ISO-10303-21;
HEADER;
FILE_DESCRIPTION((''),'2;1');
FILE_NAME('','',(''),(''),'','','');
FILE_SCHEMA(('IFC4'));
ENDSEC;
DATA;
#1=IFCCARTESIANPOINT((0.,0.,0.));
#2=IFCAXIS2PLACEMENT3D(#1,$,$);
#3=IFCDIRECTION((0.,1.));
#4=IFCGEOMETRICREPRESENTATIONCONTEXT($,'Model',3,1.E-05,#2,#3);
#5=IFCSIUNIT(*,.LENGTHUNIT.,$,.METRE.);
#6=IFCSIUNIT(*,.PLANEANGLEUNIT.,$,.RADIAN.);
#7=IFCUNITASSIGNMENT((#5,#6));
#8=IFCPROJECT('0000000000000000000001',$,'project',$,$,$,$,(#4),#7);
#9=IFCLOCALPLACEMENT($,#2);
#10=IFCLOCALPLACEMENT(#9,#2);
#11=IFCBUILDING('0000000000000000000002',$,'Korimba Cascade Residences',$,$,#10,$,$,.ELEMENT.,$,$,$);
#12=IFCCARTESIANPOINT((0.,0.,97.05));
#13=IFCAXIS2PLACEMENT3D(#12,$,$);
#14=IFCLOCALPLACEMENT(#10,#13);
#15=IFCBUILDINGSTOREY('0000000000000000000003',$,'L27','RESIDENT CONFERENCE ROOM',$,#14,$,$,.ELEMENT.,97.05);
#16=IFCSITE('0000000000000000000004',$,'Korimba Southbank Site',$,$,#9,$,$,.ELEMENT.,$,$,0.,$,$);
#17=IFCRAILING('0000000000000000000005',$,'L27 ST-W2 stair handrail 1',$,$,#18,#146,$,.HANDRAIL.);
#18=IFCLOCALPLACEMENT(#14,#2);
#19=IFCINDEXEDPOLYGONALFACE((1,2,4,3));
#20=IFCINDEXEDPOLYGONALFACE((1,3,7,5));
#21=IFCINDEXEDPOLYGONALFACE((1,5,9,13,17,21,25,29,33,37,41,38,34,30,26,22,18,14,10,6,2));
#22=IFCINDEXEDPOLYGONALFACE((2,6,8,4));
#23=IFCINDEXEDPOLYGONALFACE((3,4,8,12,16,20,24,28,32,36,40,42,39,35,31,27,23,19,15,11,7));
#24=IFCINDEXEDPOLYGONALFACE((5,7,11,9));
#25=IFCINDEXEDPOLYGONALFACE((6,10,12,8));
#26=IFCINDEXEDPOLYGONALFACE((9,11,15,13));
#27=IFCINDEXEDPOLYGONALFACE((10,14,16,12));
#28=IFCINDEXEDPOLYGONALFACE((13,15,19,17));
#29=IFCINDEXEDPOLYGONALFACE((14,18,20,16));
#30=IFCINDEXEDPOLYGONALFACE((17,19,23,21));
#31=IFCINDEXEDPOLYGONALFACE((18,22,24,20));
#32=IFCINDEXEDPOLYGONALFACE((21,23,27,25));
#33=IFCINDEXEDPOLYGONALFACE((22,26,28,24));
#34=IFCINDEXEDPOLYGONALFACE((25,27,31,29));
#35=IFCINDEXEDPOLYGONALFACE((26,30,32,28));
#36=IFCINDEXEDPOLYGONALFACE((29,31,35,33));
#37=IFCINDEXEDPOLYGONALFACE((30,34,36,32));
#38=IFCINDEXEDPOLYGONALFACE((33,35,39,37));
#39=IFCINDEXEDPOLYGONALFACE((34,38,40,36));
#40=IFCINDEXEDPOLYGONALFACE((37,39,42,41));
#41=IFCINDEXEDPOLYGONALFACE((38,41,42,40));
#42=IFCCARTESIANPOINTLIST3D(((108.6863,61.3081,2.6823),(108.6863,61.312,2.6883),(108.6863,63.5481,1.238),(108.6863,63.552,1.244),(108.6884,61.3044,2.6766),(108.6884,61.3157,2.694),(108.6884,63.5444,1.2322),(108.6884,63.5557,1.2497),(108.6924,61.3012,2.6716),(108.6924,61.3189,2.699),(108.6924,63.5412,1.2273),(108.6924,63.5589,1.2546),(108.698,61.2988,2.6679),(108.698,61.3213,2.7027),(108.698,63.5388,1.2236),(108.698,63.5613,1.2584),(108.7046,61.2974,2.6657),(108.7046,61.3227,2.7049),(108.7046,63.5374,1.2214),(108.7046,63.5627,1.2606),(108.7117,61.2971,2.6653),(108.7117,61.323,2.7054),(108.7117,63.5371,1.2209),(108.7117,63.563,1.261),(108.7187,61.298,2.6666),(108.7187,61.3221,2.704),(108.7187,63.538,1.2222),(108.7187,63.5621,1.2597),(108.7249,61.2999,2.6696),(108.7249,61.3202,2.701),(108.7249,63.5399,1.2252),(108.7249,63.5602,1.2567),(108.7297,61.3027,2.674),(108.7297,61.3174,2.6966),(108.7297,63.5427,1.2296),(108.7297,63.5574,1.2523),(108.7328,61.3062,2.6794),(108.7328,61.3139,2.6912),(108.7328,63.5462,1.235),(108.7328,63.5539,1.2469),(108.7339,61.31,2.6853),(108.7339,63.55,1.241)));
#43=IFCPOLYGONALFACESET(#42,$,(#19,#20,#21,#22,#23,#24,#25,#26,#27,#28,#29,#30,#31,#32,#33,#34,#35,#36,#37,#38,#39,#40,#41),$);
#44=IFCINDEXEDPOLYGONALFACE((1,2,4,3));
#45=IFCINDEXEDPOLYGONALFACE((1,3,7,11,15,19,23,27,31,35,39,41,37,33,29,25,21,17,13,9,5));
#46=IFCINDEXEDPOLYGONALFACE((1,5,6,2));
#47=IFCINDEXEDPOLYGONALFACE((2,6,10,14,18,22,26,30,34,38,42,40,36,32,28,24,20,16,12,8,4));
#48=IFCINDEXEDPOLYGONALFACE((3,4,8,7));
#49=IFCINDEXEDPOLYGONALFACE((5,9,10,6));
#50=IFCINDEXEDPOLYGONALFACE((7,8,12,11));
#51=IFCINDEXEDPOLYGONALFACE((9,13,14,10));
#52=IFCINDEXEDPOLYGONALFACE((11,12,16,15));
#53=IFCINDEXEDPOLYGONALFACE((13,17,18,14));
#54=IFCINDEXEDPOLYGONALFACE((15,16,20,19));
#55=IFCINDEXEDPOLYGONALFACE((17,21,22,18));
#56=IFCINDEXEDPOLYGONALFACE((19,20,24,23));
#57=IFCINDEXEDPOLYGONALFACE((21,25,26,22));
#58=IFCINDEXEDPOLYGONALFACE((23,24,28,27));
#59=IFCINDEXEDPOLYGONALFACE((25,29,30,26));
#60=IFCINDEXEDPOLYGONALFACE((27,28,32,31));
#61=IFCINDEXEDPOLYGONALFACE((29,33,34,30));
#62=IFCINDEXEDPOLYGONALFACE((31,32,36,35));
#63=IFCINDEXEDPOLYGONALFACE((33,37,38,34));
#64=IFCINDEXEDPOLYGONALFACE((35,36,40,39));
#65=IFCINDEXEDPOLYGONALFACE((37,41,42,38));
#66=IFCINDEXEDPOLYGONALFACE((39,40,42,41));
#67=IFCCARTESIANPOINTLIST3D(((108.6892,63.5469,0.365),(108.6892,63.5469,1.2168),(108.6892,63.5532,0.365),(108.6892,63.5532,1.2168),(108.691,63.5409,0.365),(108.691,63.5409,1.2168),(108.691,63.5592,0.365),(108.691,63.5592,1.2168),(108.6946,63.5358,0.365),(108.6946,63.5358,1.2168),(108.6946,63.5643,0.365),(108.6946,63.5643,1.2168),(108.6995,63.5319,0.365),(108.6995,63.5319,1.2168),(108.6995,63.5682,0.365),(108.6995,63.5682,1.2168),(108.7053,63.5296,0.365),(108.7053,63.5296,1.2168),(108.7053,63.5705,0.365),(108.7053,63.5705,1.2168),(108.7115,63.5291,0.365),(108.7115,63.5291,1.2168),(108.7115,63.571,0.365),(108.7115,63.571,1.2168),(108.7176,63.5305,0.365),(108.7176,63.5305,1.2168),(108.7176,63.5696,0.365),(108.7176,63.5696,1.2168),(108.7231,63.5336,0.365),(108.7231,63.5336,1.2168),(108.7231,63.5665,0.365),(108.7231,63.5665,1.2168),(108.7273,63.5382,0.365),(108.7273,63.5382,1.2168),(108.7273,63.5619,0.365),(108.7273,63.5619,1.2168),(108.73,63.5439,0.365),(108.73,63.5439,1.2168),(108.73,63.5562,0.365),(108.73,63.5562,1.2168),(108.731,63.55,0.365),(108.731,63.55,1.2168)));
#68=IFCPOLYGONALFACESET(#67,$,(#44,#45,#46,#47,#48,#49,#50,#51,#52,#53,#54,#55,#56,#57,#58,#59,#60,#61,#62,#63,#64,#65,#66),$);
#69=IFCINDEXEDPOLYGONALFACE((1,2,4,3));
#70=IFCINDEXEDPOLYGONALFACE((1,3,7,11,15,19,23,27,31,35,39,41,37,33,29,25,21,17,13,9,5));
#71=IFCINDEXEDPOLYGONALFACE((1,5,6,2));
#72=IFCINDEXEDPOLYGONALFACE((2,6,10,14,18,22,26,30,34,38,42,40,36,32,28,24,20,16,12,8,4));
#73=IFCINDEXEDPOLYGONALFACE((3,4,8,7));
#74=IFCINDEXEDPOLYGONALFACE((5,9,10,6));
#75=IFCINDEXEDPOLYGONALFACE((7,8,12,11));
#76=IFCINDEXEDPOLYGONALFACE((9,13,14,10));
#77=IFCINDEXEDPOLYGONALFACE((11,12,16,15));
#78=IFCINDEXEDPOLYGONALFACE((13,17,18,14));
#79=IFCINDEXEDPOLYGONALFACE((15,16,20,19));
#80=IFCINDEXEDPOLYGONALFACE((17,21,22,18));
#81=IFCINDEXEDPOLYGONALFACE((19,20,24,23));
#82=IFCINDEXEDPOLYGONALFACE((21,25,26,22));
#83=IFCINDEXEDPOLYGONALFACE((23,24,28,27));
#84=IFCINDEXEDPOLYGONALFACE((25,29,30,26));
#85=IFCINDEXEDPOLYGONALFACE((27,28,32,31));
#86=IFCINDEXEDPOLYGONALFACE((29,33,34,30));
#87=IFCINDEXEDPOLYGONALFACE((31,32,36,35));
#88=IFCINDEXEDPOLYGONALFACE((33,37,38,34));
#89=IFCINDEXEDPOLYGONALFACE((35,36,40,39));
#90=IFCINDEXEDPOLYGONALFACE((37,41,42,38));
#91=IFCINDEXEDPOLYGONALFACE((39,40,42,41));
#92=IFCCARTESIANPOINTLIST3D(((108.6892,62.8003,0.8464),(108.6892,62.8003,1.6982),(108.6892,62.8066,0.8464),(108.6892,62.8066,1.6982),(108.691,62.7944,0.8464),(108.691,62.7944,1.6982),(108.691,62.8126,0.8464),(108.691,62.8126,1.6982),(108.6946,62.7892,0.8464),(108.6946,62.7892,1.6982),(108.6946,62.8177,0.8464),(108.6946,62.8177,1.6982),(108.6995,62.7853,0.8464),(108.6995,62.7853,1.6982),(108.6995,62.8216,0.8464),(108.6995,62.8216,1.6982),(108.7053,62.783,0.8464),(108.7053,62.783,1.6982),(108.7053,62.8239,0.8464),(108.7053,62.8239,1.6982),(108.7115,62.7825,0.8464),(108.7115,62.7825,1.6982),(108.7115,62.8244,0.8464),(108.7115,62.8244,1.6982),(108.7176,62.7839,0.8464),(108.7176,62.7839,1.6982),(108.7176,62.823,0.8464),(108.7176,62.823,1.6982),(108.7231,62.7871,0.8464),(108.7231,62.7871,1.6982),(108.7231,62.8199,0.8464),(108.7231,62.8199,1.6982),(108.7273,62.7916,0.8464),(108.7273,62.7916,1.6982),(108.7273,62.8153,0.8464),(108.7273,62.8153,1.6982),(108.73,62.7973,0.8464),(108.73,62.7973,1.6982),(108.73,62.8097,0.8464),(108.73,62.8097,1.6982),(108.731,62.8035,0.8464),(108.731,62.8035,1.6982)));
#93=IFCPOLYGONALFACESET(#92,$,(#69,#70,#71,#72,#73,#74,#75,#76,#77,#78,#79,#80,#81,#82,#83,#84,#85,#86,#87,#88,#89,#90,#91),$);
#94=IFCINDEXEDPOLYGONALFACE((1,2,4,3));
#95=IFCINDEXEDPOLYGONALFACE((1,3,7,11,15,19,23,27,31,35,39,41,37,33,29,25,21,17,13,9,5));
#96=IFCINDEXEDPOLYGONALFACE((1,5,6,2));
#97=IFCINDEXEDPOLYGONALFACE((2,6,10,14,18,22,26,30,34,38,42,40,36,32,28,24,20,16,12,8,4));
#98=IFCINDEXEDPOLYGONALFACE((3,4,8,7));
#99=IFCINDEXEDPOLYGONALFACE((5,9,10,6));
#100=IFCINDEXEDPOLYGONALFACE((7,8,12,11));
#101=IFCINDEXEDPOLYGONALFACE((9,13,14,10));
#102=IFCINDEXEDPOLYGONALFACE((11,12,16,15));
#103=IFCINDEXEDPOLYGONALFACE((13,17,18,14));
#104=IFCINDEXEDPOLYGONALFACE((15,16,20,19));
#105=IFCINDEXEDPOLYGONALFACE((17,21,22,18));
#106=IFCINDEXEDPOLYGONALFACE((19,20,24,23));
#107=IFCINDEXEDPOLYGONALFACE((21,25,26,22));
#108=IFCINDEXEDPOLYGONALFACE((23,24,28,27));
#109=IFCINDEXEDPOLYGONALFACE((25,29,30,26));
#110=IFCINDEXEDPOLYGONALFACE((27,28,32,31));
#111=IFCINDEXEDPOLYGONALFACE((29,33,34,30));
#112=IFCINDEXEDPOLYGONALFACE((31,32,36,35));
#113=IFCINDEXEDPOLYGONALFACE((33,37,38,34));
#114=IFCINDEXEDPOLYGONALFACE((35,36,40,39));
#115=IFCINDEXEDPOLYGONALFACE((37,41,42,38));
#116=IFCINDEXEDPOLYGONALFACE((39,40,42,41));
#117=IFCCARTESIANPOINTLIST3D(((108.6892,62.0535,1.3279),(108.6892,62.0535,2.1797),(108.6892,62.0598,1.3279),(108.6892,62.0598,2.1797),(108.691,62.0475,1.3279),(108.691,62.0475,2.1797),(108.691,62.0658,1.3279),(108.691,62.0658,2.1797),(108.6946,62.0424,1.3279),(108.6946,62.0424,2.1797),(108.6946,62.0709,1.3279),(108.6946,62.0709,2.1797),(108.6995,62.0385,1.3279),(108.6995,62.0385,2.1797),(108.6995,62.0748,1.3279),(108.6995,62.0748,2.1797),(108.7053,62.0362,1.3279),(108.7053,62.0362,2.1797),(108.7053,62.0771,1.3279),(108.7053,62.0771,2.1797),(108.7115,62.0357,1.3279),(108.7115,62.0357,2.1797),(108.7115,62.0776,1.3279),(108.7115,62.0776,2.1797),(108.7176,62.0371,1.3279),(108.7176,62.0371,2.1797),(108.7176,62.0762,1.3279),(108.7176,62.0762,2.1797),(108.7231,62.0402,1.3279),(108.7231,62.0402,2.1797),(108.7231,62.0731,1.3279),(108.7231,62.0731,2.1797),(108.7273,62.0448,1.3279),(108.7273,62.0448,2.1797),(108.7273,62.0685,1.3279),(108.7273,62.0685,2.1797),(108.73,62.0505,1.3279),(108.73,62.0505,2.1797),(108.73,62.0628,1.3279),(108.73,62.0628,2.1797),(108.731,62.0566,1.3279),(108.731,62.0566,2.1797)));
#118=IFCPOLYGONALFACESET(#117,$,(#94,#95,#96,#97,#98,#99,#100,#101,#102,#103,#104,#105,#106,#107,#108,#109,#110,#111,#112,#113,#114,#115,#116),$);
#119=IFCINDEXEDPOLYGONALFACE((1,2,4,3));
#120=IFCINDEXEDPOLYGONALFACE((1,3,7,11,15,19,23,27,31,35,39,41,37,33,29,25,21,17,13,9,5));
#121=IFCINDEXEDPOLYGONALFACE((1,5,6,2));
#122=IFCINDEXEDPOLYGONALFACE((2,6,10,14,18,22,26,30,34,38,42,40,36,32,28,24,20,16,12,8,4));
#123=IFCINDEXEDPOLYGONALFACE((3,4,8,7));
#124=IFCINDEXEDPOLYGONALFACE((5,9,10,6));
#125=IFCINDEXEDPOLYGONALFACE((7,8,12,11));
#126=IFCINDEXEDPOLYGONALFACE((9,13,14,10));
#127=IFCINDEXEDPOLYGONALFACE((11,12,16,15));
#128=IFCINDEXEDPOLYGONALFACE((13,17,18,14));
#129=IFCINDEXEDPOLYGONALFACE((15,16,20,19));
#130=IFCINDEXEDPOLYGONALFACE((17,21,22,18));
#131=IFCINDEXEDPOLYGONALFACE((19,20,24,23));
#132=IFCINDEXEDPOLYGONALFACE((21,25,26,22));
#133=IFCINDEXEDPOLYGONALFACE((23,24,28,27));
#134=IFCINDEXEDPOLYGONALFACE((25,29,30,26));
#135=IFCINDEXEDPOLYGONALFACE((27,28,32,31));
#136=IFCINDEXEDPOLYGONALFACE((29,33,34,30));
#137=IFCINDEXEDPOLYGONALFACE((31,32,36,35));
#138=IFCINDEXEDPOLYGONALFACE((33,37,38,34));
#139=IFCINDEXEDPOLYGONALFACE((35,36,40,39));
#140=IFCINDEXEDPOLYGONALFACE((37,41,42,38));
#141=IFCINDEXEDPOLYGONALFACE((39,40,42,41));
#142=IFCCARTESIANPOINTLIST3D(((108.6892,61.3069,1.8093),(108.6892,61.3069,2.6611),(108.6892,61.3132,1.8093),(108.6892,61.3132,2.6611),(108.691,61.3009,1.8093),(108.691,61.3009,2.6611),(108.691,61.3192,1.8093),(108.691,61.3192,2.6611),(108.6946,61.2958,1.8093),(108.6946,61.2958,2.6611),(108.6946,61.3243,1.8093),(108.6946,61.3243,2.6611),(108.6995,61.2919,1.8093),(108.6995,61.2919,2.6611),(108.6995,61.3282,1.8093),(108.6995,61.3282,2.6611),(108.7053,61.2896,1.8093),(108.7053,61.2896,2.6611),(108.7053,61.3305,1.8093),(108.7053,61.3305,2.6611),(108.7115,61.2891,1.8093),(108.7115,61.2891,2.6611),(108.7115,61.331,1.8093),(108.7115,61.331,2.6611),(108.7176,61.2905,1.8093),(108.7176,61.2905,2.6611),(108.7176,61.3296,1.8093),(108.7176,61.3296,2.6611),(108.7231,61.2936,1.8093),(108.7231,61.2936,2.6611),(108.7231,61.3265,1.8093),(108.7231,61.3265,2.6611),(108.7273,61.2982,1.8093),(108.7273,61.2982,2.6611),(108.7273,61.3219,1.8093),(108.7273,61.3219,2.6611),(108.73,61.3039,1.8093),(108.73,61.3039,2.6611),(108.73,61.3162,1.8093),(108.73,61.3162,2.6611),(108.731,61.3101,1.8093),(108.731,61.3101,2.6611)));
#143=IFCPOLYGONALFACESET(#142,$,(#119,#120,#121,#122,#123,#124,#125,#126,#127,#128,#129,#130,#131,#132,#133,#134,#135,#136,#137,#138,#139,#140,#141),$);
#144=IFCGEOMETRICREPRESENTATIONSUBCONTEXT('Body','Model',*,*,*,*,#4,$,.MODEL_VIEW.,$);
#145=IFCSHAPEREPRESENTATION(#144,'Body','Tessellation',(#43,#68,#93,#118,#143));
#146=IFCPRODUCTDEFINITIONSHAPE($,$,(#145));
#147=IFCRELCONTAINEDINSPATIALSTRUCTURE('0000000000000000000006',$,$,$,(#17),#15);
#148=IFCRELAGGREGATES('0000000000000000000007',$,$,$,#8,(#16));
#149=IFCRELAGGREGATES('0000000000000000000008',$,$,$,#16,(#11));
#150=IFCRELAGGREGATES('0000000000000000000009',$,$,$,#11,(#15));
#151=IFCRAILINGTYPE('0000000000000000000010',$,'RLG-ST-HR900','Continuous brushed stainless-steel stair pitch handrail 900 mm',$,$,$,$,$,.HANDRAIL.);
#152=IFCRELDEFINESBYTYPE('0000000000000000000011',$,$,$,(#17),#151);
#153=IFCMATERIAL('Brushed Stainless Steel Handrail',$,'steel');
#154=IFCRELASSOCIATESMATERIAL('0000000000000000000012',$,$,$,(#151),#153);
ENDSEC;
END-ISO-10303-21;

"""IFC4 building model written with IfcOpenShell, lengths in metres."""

from ifc_helpers import new_model, si_unit, direction, frame, origin, origin_2d, place, context, subcontext, project, spatial, circle, extrude, material, type_object, element, save


model = new_model("IFC4")

# Units and contexts
model_context = context("Model", 3, precision=1e-05, world=origin(), true_north=direction((0.0, 1.0)))
body_context = subcontext(model_context, "Body", "Model", "MODEL_VIEW")
ifc_project = project(units=[si_unit("LENGTHUNIT", "METRE"), si_unit("PLANEANGLEUNIT", "RADIAN")], contexts=[model_context])

# Site, building, storey
site_placement = place(None, origin())
site = spatial("IfcSite", under=ifc_project, at=site_placement, Name="Korimba Southbank Site", CompositionType="ELEMENT", RefElevation=0.0)
building_placement = place(site_placement, origin())
building = spatial("IfcBuilding", under=site, at=building_placement, Name="Korimba Cascade Residences", CompositionType="ELEMENT")
storey_placement = place(building_placement, frame((0.0, 0.0, 97.05)))
storey = spatial("IfcBuildingStorey", under=building, at=storey_placement, Name="L27", Description="RESIDENT CONFERENCE ROOM", CompositionType="ELEMENT", Elevation=97.05)

# Railing
ifc_material_1 = material(Name="Brushed Stainless Steel Handrail", Category="steel")
railing_type_1 = type_object("IfcRailingType", Name="RLG-ST-HR900", Description="Continuous brushed stainless-steel stair pitch handrail 900 mm", PredefinedType="HANDRAIL", material=ifc_material_1)
railing_1_placement = place(storey_placement, frame((108.71, 63.55, 0.365)))
element("IfcRailing", 1, at=railing_1_placement, inside=storey, type_object=railing_type_1, Name="L27 ST-W2 stair handrail 1", PredefinedType="HANDRAIL", context=body_context, shape_type="SweptSolid", body=[
    extrude(circle(Radius=0.0239, at=origin_2d()), frame((0.0, 0.0, 0.876), z_axis=(0.0, -0.840437, 0.54191), x_axis=(1.0, 0.0, 0.0)), (0.0, 0.0, 1.0), 2.6653),
    extrude(circle(Radius=0.021, at=origin_2d()), origin(), (0.0, 0.0, 1.0), 0.8518),
    extrude(circle(Radius=0.021, at=origin_2d()), frame((0.0, -0.7466, 0.4814)), (0.0, 0.0, 1.0), 0.8518),
    extrude(circle(Radius=0.021, at=origin_2d()), frame((0.0, -1.4934, 0.9629)), (0.0, 0.0, 1.0), 0.8518),
    extrude(circle(Radius=0.021, at=origin_2d()), frame((0.0, -2.24, 1.4443)), (0.0, 0.0, 1.0), 0.8518),
])

save(model, "model.ifc")
